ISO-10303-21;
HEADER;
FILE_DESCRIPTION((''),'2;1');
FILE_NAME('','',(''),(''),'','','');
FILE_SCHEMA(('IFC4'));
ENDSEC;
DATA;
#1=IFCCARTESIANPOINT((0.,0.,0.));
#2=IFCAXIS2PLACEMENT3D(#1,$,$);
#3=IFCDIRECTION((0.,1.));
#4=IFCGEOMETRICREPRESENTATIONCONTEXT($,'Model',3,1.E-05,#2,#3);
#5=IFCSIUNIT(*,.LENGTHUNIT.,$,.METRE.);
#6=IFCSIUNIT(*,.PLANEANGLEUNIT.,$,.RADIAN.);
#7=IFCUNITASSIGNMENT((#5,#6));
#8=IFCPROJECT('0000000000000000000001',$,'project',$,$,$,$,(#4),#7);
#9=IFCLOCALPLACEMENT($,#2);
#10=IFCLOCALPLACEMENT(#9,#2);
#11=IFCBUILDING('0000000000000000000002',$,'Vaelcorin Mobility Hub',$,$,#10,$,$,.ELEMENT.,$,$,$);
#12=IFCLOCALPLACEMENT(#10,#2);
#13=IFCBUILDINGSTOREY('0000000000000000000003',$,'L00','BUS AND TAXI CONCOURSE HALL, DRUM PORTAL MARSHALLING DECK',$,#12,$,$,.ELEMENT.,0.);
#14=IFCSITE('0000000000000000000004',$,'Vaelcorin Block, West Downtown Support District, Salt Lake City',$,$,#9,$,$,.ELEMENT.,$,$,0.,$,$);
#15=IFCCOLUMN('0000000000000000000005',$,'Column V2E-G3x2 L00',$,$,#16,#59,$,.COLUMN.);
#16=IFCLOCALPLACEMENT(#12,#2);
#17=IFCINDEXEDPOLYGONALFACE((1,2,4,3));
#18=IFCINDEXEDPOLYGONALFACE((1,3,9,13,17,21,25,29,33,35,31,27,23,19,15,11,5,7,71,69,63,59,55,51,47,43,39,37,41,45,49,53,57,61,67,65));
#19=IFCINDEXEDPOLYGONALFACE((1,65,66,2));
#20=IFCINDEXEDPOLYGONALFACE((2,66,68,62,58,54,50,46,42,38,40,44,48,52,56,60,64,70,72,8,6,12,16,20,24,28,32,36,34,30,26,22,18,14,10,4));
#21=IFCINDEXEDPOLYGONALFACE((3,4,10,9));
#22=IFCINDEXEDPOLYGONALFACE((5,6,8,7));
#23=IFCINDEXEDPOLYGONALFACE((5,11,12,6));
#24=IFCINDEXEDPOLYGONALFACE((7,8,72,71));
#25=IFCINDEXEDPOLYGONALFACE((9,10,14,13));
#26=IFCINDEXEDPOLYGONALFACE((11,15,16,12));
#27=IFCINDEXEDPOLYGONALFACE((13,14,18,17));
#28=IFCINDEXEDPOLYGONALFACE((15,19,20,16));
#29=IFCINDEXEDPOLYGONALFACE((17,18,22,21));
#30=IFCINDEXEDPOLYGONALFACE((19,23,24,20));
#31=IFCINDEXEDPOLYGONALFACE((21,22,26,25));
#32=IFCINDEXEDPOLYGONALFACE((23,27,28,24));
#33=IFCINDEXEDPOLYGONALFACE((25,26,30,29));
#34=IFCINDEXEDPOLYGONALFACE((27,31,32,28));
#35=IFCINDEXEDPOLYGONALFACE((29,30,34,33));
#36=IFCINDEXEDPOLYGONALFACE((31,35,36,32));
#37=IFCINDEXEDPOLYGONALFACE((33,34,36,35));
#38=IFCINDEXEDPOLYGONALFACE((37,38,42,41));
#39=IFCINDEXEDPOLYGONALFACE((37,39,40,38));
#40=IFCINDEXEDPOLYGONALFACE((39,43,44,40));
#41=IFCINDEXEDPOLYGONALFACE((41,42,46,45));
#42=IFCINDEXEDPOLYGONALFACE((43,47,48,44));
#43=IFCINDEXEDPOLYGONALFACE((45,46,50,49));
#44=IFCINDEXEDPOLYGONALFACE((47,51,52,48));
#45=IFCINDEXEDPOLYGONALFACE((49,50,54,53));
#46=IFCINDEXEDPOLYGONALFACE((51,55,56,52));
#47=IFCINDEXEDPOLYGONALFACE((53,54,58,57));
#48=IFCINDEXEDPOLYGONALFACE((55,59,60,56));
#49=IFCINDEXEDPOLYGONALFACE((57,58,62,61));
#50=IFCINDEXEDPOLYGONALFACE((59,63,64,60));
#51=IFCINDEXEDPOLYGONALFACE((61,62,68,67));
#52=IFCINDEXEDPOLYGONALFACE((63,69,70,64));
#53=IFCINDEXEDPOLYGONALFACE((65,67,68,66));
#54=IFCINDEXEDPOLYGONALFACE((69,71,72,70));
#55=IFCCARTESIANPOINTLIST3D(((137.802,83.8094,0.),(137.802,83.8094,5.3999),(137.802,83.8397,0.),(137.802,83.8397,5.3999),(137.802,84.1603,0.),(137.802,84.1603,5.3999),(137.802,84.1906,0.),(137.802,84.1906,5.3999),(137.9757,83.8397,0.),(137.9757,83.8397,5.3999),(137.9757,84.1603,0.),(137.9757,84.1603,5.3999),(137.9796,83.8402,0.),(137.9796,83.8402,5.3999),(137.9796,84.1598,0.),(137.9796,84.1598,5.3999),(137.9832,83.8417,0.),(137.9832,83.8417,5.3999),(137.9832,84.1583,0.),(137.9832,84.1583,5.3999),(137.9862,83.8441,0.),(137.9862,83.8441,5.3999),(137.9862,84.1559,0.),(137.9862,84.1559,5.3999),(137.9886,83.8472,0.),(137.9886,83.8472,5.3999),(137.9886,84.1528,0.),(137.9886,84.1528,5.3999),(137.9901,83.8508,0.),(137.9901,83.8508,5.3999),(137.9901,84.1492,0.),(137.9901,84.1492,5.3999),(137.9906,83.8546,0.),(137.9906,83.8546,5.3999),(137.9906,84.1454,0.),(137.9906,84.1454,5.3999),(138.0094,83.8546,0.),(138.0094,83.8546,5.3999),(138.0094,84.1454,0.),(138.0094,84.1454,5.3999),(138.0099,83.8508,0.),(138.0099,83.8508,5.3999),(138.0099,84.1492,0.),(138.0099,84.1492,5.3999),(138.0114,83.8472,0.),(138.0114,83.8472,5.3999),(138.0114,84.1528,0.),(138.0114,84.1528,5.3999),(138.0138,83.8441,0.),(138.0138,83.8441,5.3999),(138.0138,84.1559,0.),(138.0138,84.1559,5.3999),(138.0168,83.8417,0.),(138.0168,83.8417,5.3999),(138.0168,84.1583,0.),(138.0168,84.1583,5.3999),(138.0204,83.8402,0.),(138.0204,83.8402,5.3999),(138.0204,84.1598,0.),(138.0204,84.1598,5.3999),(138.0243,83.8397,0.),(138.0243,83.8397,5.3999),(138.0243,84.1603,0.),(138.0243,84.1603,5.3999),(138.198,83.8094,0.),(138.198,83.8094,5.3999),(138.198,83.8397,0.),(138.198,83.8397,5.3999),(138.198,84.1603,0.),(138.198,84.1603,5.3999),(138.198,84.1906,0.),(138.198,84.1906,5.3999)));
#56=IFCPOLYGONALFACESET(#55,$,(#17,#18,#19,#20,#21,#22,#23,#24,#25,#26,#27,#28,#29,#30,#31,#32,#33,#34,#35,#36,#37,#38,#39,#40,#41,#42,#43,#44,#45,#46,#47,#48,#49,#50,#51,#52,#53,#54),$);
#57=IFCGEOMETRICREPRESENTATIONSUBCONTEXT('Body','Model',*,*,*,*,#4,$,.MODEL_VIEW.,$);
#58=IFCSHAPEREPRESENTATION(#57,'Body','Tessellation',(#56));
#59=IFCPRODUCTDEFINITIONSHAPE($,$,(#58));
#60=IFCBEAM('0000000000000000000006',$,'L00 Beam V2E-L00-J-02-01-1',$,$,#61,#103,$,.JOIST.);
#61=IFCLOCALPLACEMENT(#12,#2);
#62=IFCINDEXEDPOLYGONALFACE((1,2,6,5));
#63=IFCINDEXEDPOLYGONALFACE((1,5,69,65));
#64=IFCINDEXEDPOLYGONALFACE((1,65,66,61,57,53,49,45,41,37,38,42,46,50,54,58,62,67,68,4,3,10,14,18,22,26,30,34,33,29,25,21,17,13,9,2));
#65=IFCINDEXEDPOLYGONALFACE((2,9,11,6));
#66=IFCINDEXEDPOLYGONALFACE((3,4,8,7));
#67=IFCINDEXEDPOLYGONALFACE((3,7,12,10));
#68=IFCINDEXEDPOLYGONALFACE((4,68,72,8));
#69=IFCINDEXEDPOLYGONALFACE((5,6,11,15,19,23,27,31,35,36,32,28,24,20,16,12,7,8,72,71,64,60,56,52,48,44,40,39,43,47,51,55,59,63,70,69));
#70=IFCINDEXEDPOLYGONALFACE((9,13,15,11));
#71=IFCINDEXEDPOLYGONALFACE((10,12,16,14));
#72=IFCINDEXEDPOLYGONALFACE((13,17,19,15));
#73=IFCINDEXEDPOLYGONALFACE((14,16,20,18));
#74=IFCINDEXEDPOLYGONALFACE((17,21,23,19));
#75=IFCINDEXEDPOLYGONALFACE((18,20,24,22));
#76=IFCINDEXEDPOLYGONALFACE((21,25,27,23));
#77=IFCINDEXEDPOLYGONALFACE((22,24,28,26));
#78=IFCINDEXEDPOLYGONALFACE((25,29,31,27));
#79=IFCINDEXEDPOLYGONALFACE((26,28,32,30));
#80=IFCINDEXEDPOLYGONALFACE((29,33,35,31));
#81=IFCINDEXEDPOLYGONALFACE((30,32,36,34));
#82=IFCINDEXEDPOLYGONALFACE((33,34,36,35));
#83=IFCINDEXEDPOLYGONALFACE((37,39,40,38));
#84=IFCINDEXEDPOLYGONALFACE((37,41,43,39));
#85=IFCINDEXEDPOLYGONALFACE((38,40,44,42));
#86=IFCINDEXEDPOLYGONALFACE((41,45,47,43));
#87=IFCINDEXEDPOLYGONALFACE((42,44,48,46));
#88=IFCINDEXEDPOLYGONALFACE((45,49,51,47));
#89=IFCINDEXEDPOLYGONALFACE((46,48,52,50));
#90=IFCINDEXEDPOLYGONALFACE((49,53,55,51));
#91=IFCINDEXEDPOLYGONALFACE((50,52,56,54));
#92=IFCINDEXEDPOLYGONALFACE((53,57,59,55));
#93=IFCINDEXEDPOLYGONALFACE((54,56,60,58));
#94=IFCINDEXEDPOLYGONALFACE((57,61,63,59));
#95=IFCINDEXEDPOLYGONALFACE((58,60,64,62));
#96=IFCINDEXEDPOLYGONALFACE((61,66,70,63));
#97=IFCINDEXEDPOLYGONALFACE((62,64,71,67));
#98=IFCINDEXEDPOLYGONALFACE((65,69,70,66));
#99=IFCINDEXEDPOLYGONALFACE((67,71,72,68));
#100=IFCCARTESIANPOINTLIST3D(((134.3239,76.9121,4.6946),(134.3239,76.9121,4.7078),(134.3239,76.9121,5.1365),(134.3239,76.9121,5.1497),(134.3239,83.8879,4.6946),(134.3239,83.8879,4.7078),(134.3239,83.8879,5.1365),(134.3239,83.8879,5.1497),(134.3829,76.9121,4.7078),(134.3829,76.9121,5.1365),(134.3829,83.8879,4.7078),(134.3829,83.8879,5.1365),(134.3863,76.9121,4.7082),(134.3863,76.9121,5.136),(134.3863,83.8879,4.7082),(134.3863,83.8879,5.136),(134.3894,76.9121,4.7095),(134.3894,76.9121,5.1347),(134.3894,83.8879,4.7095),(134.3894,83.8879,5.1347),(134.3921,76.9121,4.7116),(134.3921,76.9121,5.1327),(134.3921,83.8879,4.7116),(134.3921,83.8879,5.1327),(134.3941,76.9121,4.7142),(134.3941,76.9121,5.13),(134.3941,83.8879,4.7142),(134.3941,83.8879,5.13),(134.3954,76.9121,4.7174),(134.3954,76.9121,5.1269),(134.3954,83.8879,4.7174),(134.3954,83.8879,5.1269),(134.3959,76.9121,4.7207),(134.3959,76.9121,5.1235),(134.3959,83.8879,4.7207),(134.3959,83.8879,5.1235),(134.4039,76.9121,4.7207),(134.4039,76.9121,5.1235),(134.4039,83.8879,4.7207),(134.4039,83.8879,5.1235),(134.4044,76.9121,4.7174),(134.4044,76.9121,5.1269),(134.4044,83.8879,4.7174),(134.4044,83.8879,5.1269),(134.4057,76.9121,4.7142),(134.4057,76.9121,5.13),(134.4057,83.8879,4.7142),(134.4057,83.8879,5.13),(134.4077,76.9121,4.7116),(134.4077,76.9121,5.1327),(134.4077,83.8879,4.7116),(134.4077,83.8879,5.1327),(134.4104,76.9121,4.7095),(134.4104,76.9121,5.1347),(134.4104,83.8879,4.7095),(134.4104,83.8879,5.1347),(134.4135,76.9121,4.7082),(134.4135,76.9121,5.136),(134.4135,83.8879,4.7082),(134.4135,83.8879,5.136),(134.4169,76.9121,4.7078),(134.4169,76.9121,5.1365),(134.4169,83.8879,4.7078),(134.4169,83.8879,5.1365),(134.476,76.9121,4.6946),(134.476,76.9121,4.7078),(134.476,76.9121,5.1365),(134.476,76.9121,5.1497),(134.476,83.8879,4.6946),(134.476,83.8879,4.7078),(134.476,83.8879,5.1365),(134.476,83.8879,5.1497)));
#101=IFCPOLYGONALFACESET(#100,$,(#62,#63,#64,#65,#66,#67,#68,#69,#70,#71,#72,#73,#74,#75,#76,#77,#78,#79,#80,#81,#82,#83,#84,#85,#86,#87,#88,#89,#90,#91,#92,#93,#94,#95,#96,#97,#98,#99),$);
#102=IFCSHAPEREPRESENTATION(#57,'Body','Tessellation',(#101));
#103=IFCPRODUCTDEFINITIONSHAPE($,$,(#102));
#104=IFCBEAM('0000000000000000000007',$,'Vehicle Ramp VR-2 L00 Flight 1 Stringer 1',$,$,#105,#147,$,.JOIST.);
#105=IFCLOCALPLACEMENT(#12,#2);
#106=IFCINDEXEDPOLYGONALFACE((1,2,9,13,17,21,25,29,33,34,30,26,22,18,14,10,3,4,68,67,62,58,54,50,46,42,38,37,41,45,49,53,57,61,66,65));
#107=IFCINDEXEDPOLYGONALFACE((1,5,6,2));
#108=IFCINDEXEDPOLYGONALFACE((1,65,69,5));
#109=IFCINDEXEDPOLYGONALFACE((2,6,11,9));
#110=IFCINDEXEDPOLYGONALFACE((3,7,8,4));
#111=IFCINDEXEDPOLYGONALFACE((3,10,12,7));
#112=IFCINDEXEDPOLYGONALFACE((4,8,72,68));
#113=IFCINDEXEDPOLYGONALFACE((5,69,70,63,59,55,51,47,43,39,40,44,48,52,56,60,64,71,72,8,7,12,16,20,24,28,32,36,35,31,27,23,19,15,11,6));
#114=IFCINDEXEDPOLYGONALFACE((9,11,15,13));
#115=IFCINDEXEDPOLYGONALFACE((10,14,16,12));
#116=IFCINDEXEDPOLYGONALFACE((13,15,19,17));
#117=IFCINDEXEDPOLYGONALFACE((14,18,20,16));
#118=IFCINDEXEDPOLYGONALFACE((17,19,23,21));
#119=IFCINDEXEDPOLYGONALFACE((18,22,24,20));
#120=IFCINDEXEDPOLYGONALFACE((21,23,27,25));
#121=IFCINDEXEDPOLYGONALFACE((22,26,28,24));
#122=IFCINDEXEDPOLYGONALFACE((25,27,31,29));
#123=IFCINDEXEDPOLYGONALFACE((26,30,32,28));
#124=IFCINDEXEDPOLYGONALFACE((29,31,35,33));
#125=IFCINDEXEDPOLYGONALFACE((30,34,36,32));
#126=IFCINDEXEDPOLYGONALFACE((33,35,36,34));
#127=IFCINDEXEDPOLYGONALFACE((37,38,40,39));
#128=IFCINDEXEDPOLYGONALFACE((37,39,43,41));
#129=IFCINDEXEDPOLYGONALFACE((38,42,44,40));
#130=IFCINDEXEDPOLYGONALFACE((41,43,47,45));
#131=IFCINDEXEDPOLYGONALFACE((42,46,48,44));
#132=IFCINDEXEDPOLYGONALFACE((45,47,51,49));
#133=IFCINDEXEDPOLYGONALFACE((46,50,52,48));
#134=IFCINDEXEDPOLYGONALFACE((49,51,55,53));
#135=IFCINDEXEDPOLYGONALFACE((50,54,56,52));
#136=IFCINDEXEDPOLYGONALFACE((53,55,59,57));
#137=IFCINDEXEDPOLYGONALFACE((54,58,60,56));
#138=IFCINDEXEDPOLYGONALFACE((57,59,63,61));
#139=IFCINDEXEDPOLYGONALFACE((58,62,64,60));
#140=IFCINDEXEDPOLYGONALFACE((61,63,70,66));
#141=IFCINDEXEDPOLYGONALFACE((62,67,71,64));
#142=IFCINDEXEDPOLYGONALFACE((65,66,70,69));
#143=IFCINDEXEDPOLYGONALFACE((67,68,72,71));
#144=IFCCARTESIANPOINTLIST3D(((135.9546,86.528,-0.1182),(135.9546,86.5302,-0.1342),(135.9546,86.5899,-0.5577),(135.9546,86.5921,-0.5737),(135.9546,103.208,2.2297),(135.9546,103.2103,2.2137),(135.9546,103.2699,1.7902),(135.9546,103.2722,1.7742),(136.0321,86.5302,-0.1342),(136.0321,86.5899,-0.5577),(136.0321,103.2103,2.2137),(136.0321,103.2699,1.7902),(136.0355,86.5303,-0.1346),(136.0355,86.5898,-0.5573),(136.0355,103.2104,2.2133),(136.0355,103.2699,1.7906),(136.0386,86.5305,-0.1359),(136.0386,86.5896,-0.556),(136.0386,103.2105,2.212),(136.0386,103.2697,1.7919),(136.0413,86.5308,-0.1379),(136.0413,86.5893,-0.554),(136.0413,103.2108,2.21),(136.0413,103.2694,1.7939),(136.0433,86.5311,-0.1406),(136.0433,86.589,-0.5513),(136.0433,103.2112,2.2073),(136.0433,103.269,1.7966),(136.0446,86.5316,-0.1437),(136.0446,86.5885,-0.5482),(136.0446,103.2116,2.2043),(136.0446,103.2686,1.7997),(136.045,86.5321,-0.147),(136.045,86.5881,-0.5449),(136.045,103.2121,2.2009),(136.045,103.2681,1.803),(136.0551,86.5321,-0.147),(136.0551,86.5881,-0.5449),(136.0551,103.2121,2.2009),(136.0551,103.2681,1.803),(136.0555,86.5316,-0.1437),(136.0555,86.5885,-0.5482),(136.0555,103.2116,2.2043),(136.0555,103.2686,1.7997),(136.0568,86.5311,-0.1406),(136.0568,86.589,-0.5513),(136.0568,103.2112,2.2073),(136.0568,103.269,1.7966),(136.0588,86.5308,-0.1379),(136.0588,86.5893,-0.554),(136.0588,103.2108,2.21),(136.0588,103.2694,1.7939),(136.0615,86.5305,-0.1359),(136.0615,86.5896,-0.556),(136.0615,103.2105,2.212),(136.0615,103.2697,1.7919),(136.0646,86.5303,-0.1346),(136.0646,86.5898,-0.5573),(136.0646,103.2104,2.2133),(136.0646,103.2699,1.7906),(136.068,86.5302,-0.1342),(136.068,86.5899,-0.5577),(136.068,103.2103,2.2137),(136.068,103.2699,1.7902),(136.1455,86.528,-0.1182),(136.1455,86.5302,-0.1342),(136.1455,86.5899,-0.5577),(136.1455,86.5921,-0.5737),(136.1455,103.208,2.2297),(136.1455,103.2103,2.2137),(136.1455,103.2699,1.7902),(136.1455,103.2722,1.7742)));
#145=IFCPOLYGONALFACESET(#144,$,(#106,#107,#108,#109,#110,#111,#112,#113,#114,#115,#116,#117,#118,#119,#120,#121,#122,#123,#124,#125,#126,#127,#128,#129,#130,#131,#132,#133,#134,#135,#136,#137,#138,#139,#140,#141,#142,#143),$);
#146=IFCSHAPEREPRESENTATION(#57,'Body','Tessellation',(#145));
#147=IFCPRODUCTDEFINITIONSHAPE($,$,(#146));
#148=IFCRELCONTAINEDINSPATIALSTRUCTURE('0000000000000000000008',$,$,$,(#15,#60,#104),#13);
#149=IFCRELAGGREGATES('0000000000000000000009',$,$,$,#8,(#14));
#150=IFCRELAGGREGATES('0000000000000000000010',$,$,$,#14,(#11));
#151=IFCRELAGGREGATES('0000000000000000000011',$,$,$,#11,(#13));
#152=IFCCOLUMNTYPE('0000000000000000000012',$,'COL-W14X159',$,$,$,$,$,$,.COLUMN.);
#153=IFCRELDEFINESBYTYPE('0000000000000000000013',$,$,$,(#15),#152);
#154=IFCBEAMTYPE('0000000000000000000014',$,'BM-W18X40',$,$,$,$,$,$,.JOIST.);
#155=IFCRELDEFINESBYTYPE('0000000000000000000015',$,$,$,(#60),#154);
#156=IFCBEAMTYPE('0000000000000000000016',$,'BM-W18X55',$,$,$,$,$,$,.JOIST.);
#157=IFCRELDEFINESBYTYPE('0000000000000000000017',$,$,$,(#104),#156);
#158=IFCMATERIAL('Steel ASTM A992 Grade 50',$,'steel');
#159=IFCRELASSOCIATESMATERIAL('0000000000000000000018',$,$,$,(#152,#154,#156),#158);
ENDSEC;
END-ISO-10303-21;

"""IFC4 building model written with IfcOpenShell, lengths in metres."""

from ifc_helpers import new_model, si_unit, direction, frame, origin, origin_2d, place, context, subcontext, project, spatial, i_section, extrude, material, material_profile, profile_set, type_object, element, save


model = new_model("IFC4")

# Units and contexts
model_context = context("Model", 3, precision=1e-05, world=origin(), true_north=direction((0.0, 1.0)))
body_context = subcontext(model_context, "Body", "Model", "MODEL_VIEW")
ifc_project = project(units=[si_unit("LENGTHUNIT", "METRE"), si_unit("PLANEANGLEUNIT", "RADIAN")], contexts=[model_context])

# Site, building, storey
site_placement = place(None, origin())
site = spatial("IfcSite", under=ifc_project, at=site_placement, Name="Vaelcorin Block, West Downtown Support District, Salt Lake City", CompositionType="ELEMENT", RefElevation=0.0)
building_placement = place(site_placement, origin())
building = spatial("IfcBuilding", under=site, at=building_placement, Name="Vaelcorin Mobility Hub", CompositionType="ELEMENT")
storey_placement = place(building_placement, origin())
storey = spatial("IfcBuildingStorey", under=building, at=storey_placement, Name="L00", Description="BUS AND TAXI CONCOURSE HALL, DRUM PORTAL MARSHALLING DECK", CompositionType="ELEMENT", Elevation=0.0)

# Column
ifc_material_1 = material(Name="Steel ASTM A992 Grade 50", Category="steel")
ifc_material_profile_1 = material_profile(ifc_material_1, i_section(OverallWidth=0.396, OverallDepth=0.3811, WebThickness=0.0188, FlangeThickness=0.0303, FilletRadius=0.0149, at=origin_2d()), Name="W14X159")
ifc_profile_set_1 = profile_set([ifc_material_profile_1], Name="Steel ASTM A992 Grade 50")
column_type_1 = type_object("IfcColumnType", Name="COL-W14X159", PredefinedType="COLUMN", material=ifc_profile_set_1)
for number, where, z_axis, x_axis, name in (
    (1, (138.0, 84.0, 0.0), (0.0, 0.0, 1.0), (1.0, 0.0, 0.0), "Column V2E-G3x2 L00"),
):
    element("IfcColumn", number, at=place(storey_placement, frame(where, z_axis=z_axis, x_axis=x_axis)), inside=storey, type_object=column_type_1, Name=name, PredefinedType="COLUMN", context=body_context, shape_type="SweptSolid", body=[
        extrude(i_section(OverallWidth=0.396, OverallDepth=0.3811, WebThickness=0.0188, FlangeThickness=0.0303, FilletRadius=0.0149, at=origin_2d()), origin(), (0.0, 0.0, 1.0), 5.3999),
    ])

# Beams
ifc_material_profile_2 = material_profile(ifc_material_1, i_section(OverallWidth=0.1521, OverallDepth=0.4551, WebThickness=0.0081, FlangeThickness=0.0132, FilletRadius=0.0129, at=origin_2d()), Name="W18X40")
ifc_profile_set_2 = profile_set([ifc_material_profile_2], Name="Steel ASTM A992 Grade 50")
beam_type_1 = type_object("IfcBeamType", Name="BM-W18X40", PredefinedType="JOIST", material=ifc_profile_set_2)
beam_1_placement = place(storey_placement, frame((134.3999, 76.9121, 4.9221), z_axis=(0.0, 1.0, 0.0), x_axis=(-1.0, 0.0, 0.0)))
element("IfcBeam", 2, at=beam_1_placement, inside=storey, type_object=beam_type_1, Name="L00 Beam V2E-L00-J-02-01-1", PredefinedType="JOIST", context=body_context, shape_type="SweptSolid", body=[
    extrude(i_section(OverallWidth=0.1521, OverallDepth=0.4551, WebThickness=0.0081, FlangeThickness=0.0132, FilletRadius=0.0129, at=origin_2d()), origin(), (0.0, 0.0, 1.0), 6.9758),
])
ifc_material_profile_3 = material_profile(ifc_material_1, i_section(OverallWidth=0.1909, OverallDepth=0.46, WebThickness=0.01, FlangeThickness=0.0161, FilletRadius=0.0129, at=origin_2d()), Name="W18X55")
ifc_profile_set_3 = profile_set([ifc_material_profile_3], Name="Steel ASTM A992 Grade 50")
beam_type_2 = type_object("IfcBeamType", Name="BM-W18X55", PredefinedType="JOIST", material=ifc_profile_set_3)
beam_2_placement = place(storey_placement, frame((136.05, 86.5601, -0.3459), z_axis=(0.0, 0.990238, 0.139388), x_axis=(-1.0, 0.0, 0.0)))
element("IfcBeam", 3, at=beam_2_placement, inside=storey, type_object=beam_type_2, Name="Vehicle Ramp VR-2 L00 Flight 1 Stringer 1", PredefinedType="JOIST", context=body_context, shape_type="SweptSolid", body=[
    extrude(i_section(OverallWidth=0.1909, OverallDepth=0.46, WebThickness=0.01, FlangeThickness=0.0161, FilletRadius=0.0129, at=origin_2d()), origin(), (0.0, 0.0, 1.0), 16.8445),
])

save(model, "model.ifc")
